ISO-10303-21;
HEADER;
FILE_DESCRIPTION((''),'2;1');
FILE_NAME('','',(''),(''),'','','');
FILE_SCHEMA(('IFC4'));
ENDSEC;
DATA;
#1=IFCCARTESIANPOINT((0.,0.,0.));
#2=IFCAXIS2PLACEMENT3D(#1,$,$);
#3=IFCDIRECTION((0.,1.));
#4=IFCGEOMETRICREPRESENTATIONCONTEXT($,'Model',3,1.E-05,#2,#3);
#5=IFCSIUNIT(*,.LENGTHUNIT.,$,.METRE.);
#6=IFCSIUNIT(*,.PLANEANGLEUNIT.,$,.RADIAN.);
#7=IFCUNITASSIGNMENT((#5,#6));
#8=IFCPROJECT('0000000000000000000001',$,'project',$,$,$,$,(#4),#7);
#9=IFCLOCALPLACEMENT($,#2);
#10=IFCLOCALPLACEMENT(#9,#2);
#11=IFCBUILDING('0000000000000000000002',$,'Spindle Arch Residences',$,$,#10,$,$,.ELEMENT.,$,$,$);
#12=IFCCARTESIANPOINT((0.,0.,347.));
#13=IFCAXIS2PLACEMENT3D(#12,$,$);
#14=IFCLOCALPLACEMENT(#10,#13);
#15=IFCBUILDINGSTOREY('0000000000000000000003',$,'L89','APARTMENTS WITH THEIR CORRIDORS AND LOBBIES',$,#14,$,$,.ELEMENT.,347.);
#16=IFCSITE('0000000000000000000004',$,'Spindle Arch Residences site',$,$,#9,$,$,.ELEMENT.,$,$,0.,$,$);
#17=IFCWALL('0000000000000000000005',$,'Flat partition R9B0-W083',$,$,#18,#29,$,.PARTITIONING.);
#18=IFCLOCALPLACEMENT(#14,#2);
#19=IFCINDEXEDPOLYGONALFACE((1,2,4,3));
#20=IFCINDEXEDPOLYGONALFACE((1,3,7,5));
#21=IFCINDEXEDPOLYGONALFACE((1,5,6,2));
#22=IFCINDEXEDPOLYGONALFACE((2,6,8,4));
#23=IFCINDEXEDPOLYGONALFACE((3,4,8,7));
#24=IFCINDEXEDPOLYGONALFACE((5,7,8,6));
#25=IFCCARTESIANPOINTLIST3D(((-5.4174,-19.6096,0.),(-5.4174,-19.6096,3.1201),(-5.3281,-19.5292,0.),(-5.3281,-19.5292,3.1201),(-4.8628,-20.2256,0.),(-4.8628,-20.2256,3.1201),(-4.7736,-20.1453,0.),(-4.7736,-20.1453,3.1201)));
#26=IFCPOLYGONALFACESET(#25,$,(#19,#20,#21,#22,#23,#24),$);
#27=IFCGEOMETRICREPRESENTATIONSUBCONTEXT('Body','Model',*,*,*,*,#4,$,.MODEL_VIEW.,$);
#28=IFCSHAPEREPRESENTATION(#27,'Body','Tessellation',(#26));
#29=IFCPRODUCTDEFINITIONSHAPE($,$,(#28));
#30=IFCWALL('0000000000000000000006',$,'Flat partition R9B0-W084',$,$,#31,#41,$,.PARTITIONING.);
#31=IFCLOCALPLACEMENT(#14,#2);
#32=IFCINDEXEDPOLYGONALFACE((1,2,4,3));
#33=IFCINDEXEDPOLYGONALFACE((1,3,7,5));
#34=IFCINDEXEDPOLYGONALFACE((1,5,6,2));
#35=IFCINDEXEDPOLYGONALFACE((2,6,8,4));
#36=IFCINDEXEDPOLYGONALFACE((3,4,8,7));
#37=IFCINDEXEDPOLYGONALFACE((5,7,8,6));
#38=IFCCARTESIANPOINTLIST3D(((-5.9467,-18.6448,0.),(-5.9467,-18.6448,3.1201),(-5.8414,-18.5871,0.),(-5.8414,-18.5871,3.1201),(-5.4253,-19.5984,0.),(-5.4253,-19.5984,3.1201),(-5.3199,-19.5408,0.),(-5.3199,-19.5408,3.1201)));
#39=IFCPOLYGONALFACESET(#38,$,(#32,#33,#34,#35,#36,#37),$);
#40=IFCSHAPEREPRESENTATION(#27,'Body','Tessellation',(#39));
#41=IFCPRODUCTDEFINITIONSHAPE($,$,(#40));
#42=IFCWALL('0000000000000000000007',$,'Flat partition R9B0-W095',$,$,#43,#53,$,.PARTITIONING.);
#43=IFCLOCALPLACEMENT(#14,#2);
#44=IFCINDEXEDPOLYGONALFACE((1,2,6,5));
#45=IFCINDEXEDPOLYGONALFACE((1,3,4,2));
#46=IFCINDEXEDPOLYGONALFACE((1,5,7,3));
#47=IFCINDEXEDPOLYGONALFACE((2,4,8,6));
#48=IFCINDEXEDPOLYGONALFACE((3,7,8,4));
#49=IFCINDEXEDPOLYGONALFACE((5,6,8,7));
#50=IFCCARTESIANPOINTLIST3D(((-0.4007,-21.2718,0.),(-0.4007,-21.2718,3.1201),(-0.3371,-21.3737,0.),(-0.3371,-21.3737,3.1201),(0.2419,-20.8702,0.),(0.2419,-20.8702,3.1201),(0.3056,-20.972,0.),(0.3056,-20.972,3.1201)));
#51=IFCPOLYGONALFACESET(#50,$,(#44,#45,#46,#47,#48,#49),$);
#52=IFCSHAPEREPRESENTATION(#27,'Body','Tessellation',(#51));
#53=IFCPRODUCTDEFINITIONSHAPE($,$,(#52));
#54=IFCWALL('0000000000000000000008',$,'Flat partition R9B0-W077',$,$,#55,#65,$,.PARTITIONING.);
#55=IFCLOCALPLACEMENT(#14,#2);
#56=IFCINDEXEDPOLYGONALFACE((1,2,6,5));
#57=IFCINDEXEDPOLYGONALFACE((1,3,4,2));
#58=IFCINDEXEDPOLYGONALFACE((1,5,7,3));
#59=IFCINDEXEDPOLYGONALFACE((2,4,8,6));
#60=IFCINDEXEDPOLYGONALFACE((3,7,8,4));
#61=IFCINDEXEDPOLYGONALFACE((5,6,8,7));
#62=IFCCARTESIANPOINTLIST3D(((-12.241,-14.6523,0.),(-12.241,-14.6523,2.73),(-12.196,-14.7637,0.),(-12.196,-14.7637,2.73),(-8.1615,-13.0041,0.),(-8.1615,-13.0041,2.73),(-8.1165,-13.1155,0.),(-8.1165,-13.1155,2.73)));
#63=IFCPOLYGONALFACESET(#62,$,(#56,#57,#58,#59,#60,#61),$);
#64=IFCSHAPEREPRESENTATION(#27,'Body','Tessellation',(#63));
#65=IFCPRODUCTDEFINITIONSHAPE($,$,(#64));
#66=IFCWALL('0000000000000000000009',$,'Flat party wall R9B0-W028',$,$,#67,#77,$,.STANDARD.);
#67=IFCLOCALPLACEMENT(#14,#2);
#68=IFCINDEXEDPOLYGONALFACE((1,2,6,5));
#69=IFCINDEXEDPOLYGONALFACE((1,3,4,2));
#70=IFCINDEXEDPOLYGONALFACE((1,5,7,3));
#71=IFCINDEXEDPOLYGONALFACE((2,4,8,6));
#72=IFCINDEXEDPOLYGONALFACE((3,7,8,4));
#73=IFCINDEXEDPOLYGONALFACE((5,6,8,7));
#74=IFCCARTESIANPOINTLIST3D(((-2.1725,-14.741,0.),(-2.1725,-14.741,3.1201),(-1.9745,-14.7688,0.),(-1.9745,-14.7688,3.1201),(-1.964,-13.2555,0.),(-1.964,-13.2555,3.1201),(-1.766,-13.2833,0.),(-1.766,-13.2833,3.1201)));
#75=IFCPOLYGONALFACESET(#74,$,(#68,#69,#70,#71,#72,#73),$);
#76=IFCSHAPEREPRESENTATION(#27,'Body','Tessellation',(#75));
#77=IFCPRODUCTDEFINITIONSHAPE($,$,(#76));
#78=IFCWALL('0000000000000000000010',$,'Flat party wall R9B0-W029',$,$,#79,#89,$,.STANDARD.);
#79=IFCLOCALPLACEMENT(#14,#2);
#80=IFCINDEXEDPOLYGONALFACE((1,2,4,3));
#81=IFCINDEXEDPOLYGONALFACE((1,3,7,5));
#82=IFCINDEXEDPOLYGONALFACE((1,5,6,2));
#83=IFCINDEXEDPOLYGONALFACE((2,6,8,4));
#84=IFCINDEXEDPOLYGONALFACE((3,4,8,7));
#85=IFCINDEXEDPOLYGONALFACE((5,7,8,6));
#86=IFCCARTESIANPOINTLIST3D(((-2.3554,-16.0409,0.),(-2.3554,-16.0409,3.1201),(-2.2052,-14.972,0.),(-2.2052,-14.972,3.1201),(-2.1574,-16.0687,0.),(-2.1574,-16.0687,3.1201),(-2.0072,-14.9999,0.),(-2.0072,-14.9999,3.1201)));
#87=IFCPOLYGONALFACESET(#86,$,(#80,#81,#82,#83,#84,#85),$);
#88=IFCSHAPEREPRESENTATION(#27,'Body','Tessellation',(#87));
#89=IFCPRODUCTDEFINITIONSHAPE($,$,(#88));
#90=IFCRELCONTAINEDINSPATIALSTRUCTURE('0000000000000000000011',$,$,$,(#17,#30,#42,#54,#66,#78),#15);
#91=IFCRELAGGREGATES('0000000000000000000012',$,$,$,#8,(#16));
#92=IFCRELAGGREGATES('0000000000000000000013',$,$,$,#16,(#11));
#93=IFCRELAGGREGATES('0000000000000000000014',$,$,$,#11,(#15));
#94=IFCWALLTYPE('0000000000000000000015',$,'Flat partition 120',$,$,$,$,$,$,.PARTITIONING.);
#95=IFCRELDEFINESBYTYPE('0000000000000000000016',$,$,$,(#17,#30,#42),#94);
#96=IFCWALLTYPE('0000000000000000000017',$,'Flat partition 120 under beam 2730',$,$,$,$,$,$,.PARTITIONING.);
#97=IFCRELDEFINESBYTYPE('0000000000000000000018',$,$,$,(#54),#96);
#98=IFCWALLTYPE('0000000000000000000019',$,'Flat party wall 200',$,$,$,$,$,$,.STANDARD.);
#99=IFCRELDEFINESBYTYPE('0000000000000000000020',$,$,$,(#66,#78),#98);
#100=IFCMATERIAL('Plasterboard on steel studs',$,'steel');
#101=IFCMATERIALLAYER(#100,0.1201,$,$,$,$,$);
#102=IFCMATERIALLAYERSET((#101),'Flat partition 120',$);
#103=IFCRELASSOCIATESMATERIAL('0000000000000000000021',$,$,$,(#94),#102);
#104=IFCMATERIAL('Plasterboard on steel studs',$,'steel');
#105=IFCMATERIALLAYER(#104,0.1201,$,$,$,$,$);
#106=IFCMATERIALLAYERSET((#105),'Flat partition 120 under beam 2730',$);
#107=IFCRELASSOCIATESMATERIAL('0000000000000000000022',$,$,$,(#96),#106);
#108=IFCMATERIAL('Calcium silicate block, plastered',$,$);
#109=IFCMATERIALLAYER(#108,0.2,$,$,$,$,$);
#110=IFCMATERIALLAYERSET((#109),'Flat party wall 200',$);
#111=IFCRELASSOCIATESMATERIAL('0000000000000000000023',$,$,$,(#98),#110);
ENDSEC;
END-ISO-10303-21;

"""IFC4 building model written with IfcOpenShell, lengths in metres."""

from ifc_helpers import new_model, si_unit, direction, frame, frame_2d, origin, place, context, subcontext, project, spatial, rectangle, extrude, material, layer, layer_set, type_object, element, save


model = new_model("IFC4")

# Units and contexts
model_context = context("Model", 3, precision=1e-05, world=origin(), true_north=direction((0.0, 1.0)))
body_context = subcontext(model_context, "Body", "Model", "MODEL_VIEW")
ifc_project = project(units=[si_unit("LENGTHUNIT", "METRE"), si_unit("PLANEANGLEUNIT", "RADIAN")], contexts=[model_context])

# Site, building, storey
site_placement = place(None, origin())
site = spatial("IfcSite", under=ifc_project, at=site_placement, Name="Spindle Arch Residences site", CompositionType="ELEMENT", RefElevation=0.0)
building_placement = place(site_placement, origin())
building = spatial("IfcBuilding", under=site, at=building_placement, Name="Spindle Arch Residences", CompositionType="ELEMENT")
storey_placement = place(building_placement, frame((0.0, 0.0, 347.0)))
storey = spatial("IfcBuildingStorey", under=building, at=storey_placement, Name="L89", Description="APARTMENTS WITH THEIR CORRIDORS AND LOBBIES", CompositionType="ELEMENT", Elevation=347.0)

# Shared definitions
ifc_material_1 = material(Name="Plasterboard on steel studs", Category="steel")
ifc_layer_1 = layer(ifc_material_1, 0.1201)
ifc_layer_set_1 = layer_set([ifc_layer_1], Name="Flat partition 120")
wall_type_1 = type_object("IfcWallType", Name="Flat partition 120", PredefinedType="PARTITIONING", material=ifc_layer_set_1)

# Walls
wall_1_placement = place(storey_placement, frame((-4.8181, -20.1855, 0.0), z_axis=(0.0, 0.0, 1.0), x_axis=(-0.669014, 0.74325, 0.0)))
element("IfcWall", 1, at=wall_1_placement, inside=storey, type_object=wall_type_1, Name="Flat partition R9B0-W083", PredefinedType="PARTITIONING", context=body_context, shape_type="SweptSolid", body=[
    extrude(rectangle(XDim=0.8289, YDim=0.1201, at=frame_2d((0.4146, 0.0))), origin(), (0.0, 0.0, 1.0), 3.1201),
])
wall_2_placement = place(storey_placement, frame((-5.3726, -19.5696, 0.0), z_axis=(0.0, 0.0, 1.0), x_axis=(-0.479796, 0.87738, 0.0)))
element("IfcWall", 2, at=wall_2_placement, inside=storey, type_object=wall_type_1, Name="Flat partition R9B0-W084", PredefinedType="PARTITIONING", context=body_context, shape_type="SweptSolid", body=[
    extrude(rectangle(XDim=1.0869, YDim=0.1201, at=frame_2d((0.5435, 0.0))), origin(), (0.0, 0.0, 1.0), 3.1201),
])
wall_3_placement = place(storey_placement, frame((-0.3689, -21.3228, 0.0), z_axis=(0.0, 0.0, 1.0), x_axis=(0.847998, 0.529999, 0.0)))
element("IfcWall", 3, at=wall_3_placement, inside=storey, type_object=wall_type_1, Name="Flat partition R9B0-W095", PredefinedType="PARTITIONING", context=body_context, shape_type="SweptSolid", body=[
    extrude(rectangle(XDim=0.7578, YDim=0.1201, at=frame_2d((0.3789, 0.0))), origin(), (0.0, 0.0, 1.0), 3.1201),
])
ifc_material_2 = material(Name="Plasterboard on steel studs", Category="steel")
ifc_layer_2 = layer(ifc_material_2, 0.1201)
ifc_layer_set_2 = layer_set([ifc_layer_2], Name="Flat partition 120 under beam 2730")
wall_type_2 = type_object("IfcWallType", Name="Flat partition 120 under beam 2730", PredefinedType="PARTITIONING", material=ifc_layer_set_2)
wall_4_placement = place(storey_placement, frame((-12.2185, -14.708, 0.0), z_axis=(0.0, 0.0, 1.0), x_axis=(0.927189, 0.374593, 0.0)))
element("IfcWall", 4, at=wall_4_placement, inside=storey, type_object=wall_type_2, Name="Flat partition R9B0-W077", PredefinedType="PARTITIONING", context=body_context, shape_type="SweptSolid", body=[
    extrude(rectangle(XDim=4.3999, YDim=0.1201, at=frame_2d((2.2, 0.0))), origin(), (0.0, 0.0, 1.0), 2.73),
])
ifc_material_3 = material(Name="Calcium silicate block, plastered")
ifc_layer_3 = layer(ifc_material_3, 0.2)
ifc_layer_set_3 = layer_set([ifc_layer_3], Name="Flat party wall 200")
wall_type_3 = type_object("IfcWallType", Name="Flat party wall 200", PredefinedType="STANDARD", material=ifc_layer_set_3)
wall_5_placement = place(storey_placement, frame((-2.0735, -14.7549, 0.0), z_axis=(0.0, 0.0, 1.0), x_axis=(0.139005, 0.990292, 0.0)))
element("IfcWall", 5, at=wall_5_placement, inside=storey, type_object=wall_type_3, Name="Flat party wall R9B0-W028", PredefinedType="STANDARD", context=body_context, shape_type="SweptSolid", body=[
    extrude(rectangle(XDim=1.5, YDim=0.2, at=frame_2d((0.75, 0.0))), origin(), (0.0, 0.0, 1.0), 3.1201),
])
wall_6_placement = place(storey_placement, frame((-2.2563, -16.0547, 0.0), z_axis=(0.0, 0.0, 1.0), x_axis=(0.139109, 0.990277, 0.0)))
element("IfcWall", 6, at=wall_6_placement, inside=storey, type_object=wall_type_3, Name="Flat party wall R9B0-W029", PredefinedType="STANDARD", context=body_context, shape_type="SweptSolid", body=[
    extrude(rectangle(XDim=1.0793, YDim=0.2, at=frame_2d((0.5396, 0.0))), origin(), (0.0, 0.0, 1.0), 3.1201),
])

save(model, "model.ifc")
